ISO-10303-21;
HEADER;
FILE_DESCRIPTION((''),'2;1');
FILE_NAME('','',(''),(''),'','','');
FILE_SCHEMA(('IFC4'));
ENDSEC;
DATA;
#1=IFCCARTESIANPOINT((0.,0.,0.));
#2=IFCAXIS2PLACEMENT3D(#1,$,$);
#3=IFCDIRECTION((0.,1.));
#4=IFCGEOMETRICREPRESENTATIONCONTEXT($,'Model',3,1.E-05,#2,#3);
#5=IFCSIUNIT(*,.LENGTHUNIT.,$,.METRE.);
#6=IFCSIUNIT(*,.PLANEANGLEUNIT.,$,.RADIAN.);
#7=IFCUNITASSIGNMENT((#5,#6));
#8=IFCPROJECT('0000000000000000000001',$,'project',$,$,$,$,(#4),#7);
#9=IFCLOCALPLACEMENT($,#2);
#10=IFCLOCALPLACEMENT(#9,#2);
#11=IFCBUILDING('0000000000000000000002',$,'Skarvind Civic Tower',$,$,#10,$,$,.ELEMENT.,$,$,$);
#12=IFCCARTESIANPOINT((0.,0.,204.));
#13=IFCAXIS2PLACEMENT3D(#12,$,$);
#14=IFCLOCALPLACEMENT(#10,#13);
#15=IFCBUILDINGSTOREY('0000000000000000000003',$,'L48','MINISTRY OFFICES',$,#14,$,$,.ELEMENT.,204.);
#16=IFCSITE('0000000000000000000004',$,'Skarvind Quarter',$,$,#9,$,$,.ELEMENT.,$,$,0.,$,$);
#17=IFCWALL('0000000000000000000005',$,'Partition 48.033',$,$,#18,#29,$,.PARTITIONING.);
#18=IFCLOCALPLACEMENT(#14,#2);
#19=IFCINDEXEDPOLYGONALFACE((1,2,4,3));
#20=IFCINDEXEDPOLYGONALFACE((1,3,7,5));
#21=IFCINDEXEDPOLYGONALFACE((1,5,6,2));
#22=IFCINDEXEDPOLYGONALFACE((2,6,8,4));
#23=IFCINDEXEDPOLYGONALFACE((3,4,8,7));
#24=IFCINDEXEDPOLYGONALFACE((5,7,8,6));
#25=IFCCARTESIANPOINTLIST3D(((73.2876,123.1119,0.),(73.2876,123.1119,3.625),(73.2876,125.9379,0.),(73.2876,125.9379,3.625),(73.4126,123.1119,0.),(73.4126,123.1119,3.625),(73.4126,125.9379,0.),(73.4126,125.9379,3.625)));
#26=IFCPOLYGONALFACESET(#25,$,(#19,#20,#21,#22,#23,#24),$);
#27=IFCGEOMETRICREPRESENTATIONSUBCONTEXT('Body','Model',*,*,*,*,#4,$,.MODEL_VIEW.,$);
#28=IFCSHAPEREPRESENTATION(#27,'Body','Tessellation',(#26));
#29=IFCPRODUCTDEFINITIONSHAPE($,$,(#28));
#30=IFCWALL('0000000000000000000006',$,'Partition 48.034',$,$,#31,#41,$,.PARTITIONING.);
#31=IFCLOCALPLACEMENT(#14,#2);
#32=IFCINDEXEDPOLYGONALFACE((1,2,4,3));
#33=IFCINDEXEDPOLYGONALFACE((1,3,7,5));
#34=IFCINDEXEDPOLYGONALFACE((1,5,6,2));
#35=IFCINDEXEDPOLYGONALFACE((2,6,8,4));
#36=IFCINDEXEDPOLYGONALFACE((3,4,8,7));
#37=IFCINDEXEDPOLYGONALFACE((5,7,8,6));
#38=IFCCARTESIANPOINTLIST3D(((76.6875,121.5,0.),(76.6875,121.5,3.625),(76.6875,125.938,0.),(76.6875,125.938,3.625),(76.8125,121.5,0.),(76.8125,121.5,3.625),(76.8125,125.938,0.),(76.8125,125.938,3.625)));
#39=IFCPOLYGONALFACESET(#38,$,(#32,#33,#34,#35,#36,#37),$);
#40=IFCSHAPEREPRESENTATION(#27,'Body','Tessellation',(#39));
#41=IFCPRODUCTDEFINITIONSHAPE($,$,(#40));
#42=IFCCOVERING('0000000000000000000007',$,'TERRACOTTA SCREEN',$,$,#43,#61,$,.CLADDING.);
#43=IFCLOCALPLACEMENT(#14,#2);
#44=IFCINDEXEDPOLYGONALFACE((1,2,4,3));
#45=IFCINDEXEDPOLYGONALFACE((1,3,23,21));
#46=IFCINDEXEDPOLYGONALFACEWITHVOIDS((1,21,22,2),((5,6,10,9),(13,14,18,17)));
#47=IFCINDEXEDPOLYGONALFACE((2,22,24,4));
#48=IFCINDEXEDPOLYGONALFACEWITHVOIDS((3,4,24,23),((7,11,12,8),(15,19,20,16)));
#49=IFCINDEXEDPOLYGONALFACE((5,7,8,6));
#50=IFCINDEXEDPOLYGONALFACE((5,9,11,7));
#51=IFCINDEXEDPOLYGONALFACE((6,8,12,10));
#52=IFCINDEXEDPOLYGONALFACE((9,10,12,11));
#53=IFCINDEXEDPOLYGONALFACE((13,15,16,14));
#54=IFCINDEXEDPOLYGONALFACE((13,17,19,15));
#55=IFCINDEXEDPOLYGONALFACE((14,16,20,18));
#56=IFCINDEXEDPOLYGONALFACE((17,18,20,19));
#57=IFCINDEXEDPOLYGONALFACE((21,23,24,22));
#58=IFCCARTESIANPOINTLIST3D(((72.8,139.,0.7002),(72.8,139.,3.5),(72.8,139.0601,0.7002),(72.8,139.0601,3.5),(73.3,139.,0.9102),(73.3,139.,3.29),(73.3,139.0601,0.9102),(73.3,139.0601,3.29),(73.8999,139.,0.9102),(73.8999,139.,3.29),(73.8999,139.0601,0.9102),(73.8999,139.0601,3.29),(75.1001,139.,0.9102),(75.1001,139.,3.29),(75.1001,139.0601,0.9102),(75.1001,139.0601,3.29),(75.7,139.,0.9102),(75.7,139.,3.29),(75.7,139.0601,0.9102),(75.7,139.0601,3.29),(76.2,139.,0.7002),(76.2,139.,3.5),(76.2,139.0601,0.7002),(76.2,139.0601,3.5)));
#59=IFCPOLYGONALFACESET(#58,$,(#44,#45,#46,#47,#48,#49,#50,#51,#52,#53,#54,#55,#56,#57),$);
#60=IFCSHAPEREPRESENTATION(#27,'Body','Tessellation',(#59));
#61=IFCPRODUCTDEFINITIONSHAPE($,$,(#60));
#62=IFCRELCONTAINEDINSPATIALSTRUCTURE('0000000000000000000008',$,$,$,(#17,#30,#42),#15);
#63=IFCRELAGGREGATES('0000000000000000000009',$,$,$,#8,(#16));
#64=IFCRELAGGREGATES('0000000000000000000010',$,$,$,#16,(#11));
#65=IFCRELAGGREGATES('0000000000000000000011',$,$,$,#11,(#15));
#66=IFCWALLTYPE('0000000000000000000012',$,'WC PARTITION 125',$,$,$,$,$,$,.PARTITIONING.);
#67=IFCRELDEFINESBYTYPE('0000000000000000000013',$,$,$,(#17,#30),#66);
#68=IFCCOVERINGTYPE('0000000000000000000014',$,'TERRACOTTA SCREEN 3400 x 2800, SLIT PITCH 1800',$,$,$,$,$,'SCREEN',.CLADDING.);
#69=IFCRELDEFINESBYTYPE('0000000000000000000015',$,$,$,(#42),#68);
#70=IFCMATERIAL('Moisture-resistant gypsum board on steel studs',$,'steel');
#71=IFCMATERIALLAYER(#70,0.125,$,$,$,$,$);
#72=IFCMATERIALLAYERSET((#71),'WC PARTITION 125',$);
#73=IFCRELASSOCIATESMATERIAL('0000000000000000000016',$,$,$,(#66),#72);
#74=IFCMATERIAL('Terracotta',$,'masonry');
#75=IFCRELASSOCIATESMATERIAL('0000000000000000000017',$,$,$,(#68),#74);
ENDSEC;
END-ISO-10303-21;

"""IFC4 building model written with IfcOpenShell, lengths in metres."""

from ifc_helpers import new_model, si_unit, direction, frame, frame_2d, origin, place, context, subcontext, project, spatial, polyline, rectangle, outline, extrude, material, layer, layer_set, material_profile, profile_set, type_object, element, save


model = new_model("IFC4")

# Units and contexts
model_context = context("Model", 3, precision=1e-05, world=origin(), true_north=direction((0.0, 1.0)))
body_context = subcontext(model_context, "Body", "Model", "MODEL_VIEW")
ifc_project = project(units=[si_unit("LENGTHUNIT", "METRE"), si_unit("PLANEANGLEUNIT", "RADIAN")], contexts=[model_context])

# Site, building, storey
site_placement = place(None, origin())
site = spatial("IfcSite", under=ifc_project, at=site_placement, Name="Skarvind Quarter", CompositionType="ELEMENT", RefElevation=0.0)
building_placement = place(site_placement, origin())
building = spatial("IfcBuilding", under=site, at=building_placement, Name="Skarvind Civic Tower", CompositionType="ELEMENT")
storey_placement = place(building_placement, frame((0.0, 0.0, 204.0)))
storey = spatial("IfcBuildingStorey", under=building, at=storey_placement, Name="L48", Description="MINISTRY OFFICES", CompositionType="ELEMENT", Elevation=204.0)

# Walls
ifc_material_1 = material(Name="Moisture-resistant gypsum board on steel studs", Category="steel")
ifc_layer_1 = layer(ifc_material_1, 0.125)
ifc_layer_set_1 = layer_set([ifc_layer_1], Name="WC PARTITION 125")
wall_type_1 = type_object("IfcWallType", Name="WC PARTITION 125", PredefinedType="PARTITIONING", material=ifc_layer_set_1)
wall_1_placement = place(storey_placement, frame((73.3501, 125.938, 0.0), z_axis=(0.0, 0.0, 1.0), x_axis=(0.0, -1.0, 0.0)))
element("IfcWall", 1, at=wall_1_placement, inside=storey, type_object=wall_type_1, Name="Partition 48.033", PredefinedType="PARTITIONING", context=body_context, shape_type="SweptSolid", body=[
    extrude(rectangle(XDim=2.8259, YDim=0.125, at=frame_2d((1.4131, 0.0))), origin(), (0.0, 0.0, 1.0), 3.625),
])
wall_2_placement = place(storey_placement, frame((76.75, 125.938, 0.0), z_axis=(0.0, 0.0, 1.0), x_axis=(0.0, -1.0, 0.0)))
element("IfcWall", 2, at=wall_2_placement, inside=storey, type_object=wall_type_1, Name="Partition 48.034", PredefinedType="PARTITIONING", context=body_context, shape_type="SweptSolid", body=[
    extrude(rectangle(XDim=4.438, YDim=0.125, at=frame_2d((2.219, 0.0))), origin(), (0.0, 0.0, 1.0), 3.625),
])

# Covering
ifc_material_2 = material(Name="Terracotta", Category="masonry")
ifc_material_profile_1 = material_profile(ifc_material_2, outline(polyline([(-1.7, -1.3999), (1.7, -1.3999), (1.7, 1.3999), (-1.7, 1.3999), (-1.7, -1.3999)]), holes=[polyline([(-1.2, -1.1899), (-0.6001, -1.1899), (-0.6001, 1.1899), (-1.2, 1.1899), (-1.2, -1.1899)]), polyline([(0.6001, -1.1899), (1.2, -1.1899), (1.2, 1.1899), (0.6001, 1.1899), (0.6001, -1.1899)])]), Name="TERRACOTTA SCREEN 3400 x 2800, SLIT PITCH 1800")
ifc_profile_set_1 = profile_set([ifc_material_profile_1], Name="Terracotta")
covering_type = type_object("IfcCoveringType", Name="TERRACOTTA SCREEN 3400 x 2800, SLIT PITCH 1800", ElementType="SCREEN", PredefinedType="CLADDING", material=ifc_profile_set_1)
covering_placement = place(storey_placement, frame((74.5, 139.0, 2.1001), z_axis=(0.0, 1.0, 0.0), x_axis=(-1.0, 0.0, 0.0)))
element("IfcCovering", 3, at=covering_placement, inside=storey, type_object=covering_type, Name="TERRACOTTA SCREEN", PredefinedType="CLADDING", context=body_context, shape_type="SweptSolid", body=[
    extrude(outline(polyline([(-1.7, -1.3999), (1.7, -1.3999), (1.7, 1.3999), (-1.7, 1.3999), (-1.7, -1.3999)]), holes=[polyline([(-1.2, -1.1899), (-0.6001, -1.1899), (-0.6001, 1.1899), (-1.2, 1.1899), (-1.2, -1.1899)]), polyline([(0.6001, -1.1899), (1.2, -1.1899), (1.2, 1.1899), (0.6001, 1.1899), (0.6001, -1.1899)])]), origin(), (0.0, 0.0, 1.0), 0.0601),
])

save(model, "model.ifc")
